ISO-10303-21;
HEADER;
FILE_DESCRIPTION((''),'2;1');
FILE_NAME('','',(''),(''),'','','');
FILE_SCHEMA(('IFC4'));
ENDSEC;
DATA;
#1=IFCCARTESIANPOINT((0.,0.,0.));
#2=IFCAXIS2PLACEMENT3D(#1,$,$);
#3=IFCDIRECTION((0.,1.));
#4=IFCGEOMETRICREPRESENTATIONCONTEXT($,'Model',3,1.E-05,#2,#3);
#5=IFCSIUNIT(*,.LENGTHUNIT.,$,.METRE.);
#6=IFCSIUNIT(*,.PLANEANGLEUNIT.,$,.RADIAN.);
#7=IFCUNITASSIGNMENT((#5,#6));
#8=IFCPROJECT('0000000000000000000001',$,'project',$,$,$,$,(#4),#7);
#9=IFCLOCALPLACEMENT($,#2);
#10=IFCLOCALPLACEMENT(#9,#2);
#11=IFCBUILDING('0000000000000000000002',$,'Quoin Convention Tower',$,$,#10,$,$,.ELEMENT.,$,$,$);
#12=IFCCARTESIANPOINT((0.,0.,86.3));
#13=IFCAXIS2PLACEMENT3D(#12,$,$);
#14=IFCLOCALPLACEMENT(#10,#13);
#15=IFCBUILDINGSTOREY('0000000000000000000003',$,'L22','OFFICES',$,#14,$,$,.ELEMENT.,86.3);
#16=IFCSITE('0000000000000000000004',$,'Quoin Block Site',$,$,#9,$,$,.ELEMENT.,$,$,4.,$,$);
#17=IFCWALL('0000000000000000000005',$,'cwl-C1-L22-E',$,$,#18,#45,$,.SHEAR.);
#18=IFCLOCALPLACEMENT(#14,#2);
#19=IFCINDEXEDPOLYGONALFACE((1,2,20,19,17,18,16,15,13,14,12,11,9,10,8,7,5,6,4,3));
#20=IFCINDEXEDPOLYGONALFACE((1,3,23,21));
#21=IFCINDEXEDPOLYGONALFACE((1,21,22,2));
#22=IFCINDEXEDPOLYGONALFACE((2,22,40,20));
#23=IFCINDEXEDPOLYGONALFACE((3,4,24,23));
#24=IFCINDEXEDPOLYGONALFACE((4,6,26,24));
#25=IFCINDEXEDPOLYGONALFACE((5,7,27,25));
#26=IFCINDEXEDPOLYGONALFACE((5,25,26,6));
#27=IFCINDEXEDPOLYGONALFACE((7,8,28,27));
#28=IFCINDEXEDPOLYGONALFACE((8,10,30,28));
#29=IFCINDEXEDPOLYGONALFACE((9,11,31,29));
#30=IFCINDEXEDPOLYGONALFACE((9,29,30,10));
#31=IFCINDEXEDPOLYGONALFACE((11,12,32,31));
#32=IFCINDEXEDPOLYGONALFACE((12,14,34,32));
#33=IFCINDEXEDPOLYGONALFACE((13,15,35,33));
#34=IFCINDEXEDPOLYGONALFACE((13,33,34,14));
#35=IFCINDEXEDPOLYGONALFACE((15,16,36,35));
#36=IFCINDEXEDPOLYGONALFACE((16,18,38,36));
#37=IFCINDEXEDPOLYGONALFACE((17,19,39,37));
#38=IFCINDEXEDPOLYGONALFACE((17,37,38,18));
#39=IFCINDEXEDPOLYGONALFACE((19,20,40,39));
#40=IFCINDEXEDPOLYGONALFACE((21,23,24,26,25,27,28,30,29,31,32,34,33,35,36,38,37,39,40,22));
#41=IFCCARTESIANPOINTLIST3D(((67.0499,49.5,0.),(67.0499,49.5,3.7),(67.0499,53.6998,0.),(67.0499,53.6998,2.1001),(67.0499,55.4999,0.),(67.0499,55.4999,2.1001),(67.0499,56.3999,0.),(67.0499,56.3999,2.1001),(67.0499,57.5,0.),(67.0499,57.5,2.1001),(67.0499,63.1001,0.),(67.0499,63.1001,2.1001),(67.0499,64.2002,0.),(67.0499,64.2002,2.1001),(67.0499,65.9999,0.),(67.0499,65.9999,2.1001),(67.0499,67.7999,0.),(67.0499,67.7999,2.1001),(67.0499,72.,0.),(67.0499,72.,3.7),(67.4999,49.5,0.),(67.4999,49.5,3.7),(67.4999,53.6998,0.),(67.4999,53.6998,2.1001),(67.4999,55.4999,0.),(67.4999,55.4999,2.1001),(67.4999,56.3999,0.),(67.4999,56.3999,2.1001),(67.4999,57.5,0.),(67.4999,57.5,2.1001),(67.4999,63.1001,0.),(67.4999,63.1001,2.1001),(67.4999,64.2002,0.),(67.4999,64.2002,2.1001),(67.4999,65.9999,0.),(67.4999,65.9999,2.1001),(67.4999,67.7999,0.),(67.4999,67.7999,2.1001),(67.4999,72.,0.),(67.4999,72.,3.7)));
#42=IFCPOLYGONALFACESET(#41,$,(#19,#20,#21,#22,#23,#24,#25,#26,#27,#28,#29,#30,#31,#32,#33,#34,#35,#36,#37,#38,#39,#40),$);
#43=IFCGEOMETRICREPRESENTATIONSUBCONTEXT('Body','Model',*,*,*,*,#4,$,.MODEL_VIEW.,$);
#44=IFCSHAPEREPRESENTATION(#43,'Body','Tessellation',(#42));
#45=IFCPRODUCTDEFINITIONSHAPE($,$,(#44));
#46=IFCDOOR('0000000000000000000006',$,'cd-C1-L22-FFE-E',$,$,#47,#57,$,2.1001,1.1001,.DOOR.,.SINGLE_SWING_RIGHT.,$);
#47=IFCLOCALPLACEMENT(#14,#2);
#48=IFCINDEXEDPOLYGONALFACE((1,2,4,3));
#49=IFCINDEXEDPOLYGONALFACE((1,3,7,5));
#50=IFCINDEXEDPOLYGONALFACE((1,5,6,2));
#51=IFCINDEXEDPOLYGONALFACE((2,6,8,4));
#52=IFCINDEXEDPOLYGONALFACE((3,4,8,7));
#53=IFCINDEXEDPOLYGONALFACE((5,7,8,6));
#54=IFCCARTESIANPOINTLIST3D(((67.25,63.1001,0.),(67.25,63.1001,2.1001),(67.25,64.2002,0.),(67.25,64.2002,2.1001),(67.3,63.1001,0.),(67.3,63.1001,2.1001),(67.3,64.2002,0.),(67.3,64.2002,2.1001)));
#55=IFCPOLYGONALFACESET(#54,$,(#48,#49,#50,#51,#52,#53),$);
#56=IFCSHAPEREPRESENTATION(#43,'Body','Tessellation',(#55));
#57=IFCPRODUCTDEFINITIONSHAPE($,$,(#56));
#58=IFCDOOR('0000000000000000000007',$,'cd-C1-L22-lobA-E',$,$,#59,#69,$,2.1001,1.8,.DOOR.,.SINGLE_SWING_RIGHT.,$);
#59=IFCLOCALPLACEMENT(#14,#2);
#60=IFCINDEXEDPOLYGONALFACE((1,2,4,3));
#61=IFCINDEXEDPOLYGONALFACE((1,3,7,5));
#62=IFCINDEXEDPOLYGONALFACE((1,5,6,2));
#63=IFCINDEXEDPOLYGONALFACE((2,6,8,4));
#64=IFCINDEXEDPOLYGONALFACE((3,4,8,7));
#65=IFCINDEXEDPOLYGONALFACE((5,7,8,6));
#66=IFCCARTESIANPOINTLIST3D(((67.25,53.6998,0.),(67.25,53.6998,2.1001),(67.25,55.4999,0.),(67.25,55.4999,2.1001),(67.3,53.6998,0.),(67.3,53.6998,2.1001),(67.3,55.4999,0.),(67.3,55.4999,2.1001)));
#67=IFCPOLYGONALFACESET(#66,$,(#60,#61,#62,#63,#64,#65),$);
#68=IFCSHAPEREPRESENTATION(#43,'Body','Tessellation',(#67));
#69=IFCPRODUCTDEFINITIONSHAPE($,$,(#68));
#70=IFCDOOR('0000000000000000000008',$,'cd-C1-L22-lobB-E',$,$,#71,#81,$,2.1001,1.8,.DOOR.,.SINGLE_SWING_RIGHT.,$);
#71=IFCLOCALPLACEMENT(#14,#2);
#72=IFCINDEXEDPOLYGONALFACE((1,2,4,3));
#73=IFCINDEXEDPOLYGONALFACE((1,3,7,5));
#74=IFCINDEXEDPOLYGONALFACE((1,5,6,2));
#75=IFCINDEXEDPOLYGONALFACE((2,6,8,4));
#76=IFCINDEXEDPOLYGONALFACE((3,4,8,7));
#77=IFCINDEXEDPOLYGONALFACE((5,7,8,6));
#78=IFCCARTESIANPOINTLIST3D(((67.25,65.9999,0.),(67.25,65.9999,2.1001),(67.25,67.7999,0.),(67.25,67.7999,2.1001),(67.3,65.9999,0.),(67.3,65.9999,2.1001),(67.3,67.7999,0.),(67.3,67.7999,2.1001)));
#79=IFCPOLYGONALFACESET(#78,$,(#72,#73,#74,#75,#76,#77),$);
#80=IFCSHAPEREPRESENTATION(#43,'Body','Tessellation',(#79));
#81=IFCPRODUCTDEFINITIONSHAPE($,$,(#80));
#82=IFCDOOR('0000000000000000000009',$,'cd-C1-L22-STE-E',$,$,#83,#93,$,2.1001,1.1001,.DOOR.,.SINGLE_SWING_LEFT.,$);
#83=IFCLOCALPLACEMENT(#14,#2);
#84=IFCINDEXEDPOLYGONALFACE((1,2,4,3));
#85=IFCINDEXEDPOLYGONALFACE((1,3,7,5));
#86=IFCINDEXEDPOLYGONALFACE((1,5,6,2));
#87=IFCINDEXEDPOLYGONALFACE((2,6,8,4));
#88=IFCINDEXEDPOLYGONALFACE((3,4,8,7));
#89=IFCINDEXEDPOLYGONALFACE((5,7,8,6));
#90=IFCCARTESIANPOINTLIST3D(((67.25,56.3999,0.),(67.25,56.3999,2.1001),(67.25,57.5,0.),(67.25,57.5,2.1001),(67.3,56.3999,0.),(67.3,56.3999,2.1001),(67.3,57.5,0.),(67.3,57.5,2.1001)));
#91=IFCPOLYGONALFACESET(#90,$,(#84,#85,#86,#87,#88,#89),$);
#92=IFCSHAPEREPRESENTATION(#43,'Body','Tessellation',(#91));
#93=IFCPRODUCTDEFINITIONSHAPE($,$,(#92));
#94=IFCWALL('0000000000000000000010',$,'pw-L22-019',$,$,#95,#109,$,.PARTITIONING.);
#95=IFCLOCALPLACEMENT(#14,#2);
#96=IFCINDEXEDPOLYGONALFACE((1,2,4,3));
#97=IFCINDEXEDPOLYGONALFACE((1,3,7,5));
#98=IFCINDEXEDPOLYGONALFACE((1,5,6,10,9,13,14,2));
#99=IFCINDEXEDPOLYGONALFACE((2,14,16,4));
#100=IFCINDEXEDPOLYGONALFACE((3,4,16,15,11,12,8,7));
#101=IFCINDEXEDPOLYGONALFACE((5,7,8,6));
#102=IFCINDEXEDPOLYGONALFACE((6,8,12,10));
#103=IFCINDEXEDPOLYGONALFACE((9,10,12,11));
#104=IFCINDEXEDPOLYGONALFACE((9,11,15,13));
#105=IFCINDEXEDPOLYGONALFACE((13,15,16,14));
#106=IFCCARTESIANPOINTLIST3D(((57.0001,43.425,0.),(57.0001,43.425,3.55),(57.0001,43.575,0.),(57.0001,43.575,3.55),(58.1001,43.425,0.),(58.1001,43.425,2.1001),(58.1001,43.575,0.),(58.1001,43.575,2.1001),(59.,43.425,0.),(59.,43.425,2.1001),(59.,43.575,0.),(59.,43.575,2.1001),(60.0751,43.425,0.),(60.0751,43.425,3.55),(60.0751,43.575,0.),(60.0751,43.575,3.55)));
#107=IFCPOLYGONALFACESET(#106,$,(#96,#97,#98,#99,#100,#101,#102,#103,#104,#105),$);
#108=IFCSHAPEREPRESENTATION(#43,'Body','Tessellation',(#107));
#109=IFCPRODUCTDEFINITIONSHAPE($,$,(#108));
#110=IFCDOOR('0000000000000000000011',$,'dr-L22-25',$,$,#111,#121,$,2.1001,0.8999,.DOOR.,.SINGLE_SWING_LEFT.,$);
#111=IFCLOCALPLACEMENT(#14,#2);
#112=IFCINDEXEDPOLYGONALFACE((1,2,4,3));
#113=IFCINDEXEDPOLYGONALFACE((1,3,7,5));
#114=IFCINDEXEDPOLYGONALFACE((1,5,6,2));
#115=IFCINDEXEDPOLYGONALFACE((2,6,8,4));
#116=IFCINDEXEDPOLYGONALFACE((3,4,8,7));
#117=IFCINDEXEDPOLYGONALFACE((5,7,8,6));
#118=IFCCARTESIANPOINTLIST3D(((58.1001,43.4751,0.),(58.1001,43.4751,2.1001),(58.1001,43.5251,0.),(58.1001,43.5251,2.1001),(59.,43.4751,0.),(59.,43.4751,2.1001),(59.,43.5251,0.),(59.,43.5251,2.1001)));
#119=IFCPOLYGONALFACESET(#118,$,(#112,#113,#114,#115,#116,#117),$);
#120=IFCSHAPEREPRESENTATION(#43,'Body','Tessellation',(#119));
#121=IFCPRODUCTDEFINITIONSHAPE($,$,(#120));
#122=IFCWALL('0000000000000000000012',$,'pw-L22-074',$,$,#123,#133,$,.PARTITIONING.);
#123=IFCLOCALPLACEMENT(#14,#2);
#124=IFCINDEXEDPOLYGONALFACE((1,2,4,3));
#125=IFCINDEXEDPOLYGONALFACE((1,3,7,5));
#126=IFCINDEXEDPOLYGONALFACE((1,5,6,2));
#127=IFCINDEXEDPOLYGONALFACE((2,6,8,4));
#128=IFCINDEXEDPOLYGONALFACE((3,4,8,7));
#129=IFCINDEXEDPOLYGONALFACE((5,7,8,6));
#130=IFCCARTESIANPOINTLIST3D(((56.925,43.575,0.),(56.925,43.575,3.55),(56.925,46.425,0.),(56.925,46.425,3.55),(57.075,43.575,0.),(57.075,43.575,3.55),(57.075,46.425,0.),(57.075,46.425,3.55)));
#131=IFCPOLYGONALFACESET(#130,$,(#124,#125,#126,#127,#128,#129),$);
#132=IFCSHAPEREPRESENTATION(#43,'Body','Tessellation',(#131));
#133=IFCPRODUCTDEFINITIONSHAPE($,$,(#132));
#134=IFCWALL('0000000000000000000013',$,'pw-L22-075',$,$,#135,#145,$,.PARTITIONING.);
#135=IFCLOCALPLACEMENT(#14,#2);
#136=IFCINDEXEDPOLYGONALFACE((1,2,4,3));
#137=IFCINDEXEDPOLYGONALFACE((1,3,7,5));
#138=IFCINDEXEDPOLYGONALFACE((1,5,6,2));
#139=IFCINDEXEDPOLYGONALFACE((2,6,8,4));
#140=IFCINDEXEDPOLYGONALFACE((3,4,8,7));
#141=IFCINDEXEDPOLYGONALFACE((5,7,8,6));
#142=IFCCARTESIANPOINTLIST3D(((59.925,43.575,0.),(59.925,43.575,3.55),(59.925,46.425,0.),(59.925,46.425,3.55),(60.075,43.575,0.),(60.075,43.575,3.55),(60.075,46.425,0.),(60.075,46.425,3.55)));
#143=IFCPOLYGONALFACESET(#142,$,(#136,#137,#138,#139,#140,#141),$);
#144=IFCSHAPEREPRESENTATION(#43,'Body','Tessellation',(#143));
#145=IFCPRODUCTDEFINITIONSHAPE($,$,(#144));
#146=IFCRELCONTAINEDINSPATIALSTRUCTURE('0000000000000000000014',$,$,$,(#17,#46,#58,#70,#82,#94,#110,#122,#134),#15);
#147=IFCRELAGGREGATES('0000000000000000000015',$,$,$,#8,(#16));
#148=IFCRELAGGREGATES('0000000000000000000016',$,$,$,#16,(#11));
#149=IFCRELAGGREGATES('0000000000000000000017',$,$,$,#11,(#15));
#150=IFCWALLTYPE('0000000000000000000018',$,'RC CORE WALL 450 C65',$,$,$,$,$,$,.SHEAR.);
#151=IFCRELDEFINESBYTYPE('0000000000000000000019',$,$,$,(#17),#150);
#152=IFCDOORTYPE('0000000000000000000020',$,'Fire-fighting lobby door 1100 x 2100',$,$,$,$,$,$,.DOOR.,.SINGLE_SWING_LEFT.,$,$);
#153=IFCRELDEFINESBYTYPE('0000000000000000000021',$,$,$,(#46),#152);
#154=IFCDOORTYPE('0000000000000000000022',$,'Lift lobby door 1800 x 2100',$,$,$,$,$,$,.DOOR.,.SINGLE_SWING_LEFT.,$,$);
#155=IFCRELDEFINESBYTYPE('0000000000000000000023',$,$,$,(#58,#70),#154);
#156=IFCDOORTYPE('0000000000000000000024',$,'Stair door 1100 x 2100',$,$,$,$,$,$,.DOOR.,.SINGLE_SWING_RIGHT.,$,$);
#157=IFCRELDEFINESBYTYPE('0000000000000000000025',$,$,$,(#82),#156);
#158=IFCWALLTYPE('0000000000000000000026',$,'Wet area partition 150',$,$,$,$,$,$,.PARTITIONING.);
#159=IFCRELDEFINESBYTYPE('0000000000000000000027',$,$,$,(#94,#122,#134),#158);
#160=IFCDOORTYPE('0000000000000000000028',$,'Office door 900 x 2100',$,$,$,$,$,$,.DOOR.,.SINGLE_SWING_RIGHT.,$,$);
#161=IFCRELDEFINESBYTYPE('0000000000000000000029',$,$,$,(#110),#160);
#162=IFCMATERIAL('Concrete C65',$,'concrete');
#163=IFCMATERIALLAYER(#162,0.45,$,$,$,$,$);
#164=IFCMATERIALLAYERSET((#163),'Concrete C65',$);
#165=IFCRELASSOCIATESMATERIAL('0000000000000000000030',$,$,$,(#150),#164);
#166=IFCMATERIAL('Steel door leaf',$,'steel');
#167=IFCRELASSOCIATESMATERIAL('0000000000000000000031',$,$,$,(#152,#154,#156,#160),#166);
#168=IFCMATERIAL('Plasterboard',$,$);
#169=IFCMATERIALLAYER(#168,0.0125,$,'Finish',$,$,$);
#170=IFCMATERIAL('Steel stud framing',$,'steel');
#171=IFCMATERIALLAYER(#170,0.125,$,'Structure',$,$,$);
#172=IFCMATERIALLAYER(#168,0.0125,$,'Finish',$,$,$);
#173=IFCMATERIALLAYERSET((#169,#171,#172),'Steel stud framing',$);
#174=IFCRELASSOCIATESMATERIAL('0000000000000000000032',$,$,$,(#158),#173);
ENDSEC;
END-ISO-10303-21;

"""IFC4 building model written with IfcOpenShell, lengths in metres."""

from ifc_helpers import new_model, si_unit, direction, frame, frame_2d, origin, place, context, subcontext, project, spatial, rectangle, extrude, material, layer, layer_set, type_object, element, fill, save


model = new_model("IFC4")

# Units and contexts
model_context = context("Model", 3, precision=1e-05, world=origin(), true_north=direction((0.0, 1.0)))
body_context = subcontext(model_context, "Body", "Model", "MODEL_VIEW")
ifc_project = project(units=[si_unit("LENGTHUNIT", "METRE"), si_unit("PLANEANGLEUNIT", "RADIAN")], contexts=[model_context])

# Site, building, storey
site_placement = place(None, origin())
site = spatial("IfcSite", under=ifc_project, at=site_placement, Name="Quoin Block Site", CompositionType="ELEMENT", RefElevation=4.0)
building_placement = place(site_placement, origin())
building = spatial("IfcBuilding", under=site, at=building_placement, Name="Quoin Convention Tower", CompositionType="ELEMENT")
storey_placement = place(building_placement, frame((0.0, 0.0, 86.3)))
storey = spatial("IfcBuildingStorey", under=building, at=storey_placement, Name="L22", Description="OFFICES", CompositionType="ELEMENT", Elevation=86.3)

# Shared definitions
ifc_material_1 = material(Name="Plasterboard")
ifc_material_2 = material(Name="Steel stud framing", Category="steel")

# Wall, openings, doors
ifc_material_3 = material(Name="Concrete C65", Category="concrete")
ifc_layer_1 = layer(ifc_material_3, 0.45)
ifc_layer_set_1 = layer_set([ifc_layer_1], Name="Concrete C65")
wall_type_1 = type_object("IfcWallType", Name="RC CORE WALL 450 C65", PredefinedType="SHEAR", material=ifc_layer_set_1)
wall_1_placement = place(storey_placement, frame((67.2749, 49.5, 0.0), z_axis=(0.0, 0.0, 1.0), x_axis=(0.0, 1.0, 0.0)))
wall_1 = element("IfcWall", 1, at=wall_1_placement, inside=storey, type_object=wall_type_1, Name="cwl-C1-L22-E", PredefinedType="SHEAR", context=body_context, shape_type="SweptSolid", body=[
    extrude(rectangle(XDim=22.5, YDim=0.45, at=frame_2d((11.25, 0.0))), origin(), (0.0, 0.0, 1.0), 3.7),
])
opening_1_placement = place(wall_1_placement, frame((4.2, 0.0, 0.0)))
opening_1 = element("IfcOpeningElement", 2, at=opening_1_placement, cuts=wall_1, PredefinedType="OPENING", context=body_context, shape_type="SweptSolid", body=[
    extrude(rectangle(XDim=1.8, YDim=2.1001, at=frame_2d((0.8999, 1.05))), frame((0.0, 0.2349, 0.0), z_axis=(0.0, -1.0, 0.0), x_axis=(1.0, 0.0, 0.0)), (0.0, 0.0, 1.0), 0.47),
])
opening_2_placement = place(wall_1_placement, frame((6.8999, 0.0, 0.0)))
opening_2 = element("IfcOpeningElement", 3, at=opening_2_placement, cuts=wall_1, PredefinedType="OPENING", context=body_context, shape_type="SweptSolid", body=[
    extrude(rectangle(XDim=1.1001, YDim=2.1001, at=frame_2d((0.55, 1.05))), frame((0.0, 0.2349, 0.0), z_axis=(0.0, -1.0, 0.0), x_axis=(1.0, 0.0, 0.0)), (0.0, 0.0, 1.0), 0.47),
])
opening_3_placement = place(wall_1_placement, frame((13.6001, 0.0, 0.0)))
opening_3 = element("IfcOpeningElement", 4, at=opening_3_placement, cuts=wall_1, PredefinedType="OPENING", context=body_context, shape_type="SweptSolid", body=[
    extrude(rectangle(XDim=1.1001, YDim=2.1001, at=frame_2d((0.55, 1.05))), frame((0.0, 0.2349, 0.0), z_axis=(0.0, -1.0, 0.0), x_axis=(1.0, 0.0, 0.0)), (0.0, 0.0, 1.0), 0.47),
])
opening_4_placement = place(wall_1_placement, frame((16.5, 0.0, 0.0)))
opening_4 = element("IfcOpeningElement", 5, at=opening_4_placement, cuts=wall_1, PredefinedType="OPENING", context=body_context, shape_type="SweptSolid", body=[
    extrude(rectangle(XDim=1.8, YDim=2.1001, at=frame_2d((0.8999, 1.05))), frame((0.0, 0.2349, 0.0), z_axis=(0.0, -1.0, 0.0), x_axis=(1.0, 0.0, 0.0)), (0.0, 0.0, 1.0), 0.47),
])
ifc_material_4 = material(Name="Steel door leaf", Category="steel")
door_type_1 = type_object("IfcDoorType", Name="Fire-fighting lobby door 1100 x 2100", OperationType="SINGLE_SWING_LEFT", PredefinedType="DOOR", material=ifc_material_4)
door_1_placement = place(opening_3_placement, origin())
door_1 = element("IfcDoor", 6, at=door_1_placement, inside=storey, type_object=door_type_1, Name="cd-C1-L22-FFE-E", OperationType="SINGLE_SWING_RIGHT", OverallHeight=2.1001, OverallWidth=1.1001, PredefinedType="DOOR", context=body_context, shape_type="SweptSolid", body=[
    extrude(rectangle(XDim=1.1001, YDim=2.1001, at=frame_2d((0.55, 1.05))), frame((0.0, 0.0249, 0.0), z_axis=(0.0, -1.0, 0.0), x_axis=(1.0, 0.0, 0.0)), (0.0, 0.0, 1.0), 0.05),
])
fill(opening_3, door_1)
door_type_2 = type_object("IfcDoorType", Name="Lift lobby door 1800 x 2100", OperationType="SINGLE_SWING_LEFT", PredefinedType="DOOR", material=ifc_material_4)
door_2_placement = place(opening_1_placement, origin())
door_2 = element("IfcDoor", 7, at=door_2_placement, inside=storey, type_object=door_type_2, Name="cd-C1-L22-lobA-E", OperationType="SINGLE_SWING_RIGHT", OverallHeight=2.1001, OverallWidth=1.8, PredefinedType="DOOR", context=body_context, shape_type="SweptSolid", body=[
    extrude(rectangle(XDim=1.8, YDim=2.1001, at=frame_2d((0.8999, 1.05))), frame((0.0, 0.0249, 0.0), z_axis=(0.0, -1.0, 0.0), x_axis=(1.0, 0.0, 0.0)), (0.0, 0.0, 1.0), 0.05),
])
fill(opening_1, door_2)
door_3_placement = place(opening_4_placement, origin())
door_3 = element("IfcDoor", 8, at=door_3_placement, inside=storey, type_object=door_type_2, Name="cd-C1-L22-lobB-E", OperationType="SINGLE_SWING_RIGHT", OverallHeight=2.1001, OverallWidth=1.8, PredefinedType="DOOR", context=body_context, shape_type="SweptSolid", body=[
    extrude(rectangle(XDim=1.8, YDim=2.1001, at=frame_2d((0.8999, 1.05))), frame((0.0, 0.0249, 0.0), z_axis=(0.0, -1.0, 0.0), x_axis=(1.0, 0.0, 0.0)), (0.0, 0.0, 1.0), 0.05),
])
fill(opening_4, door_3)
door_type_3 = type_object("IfcDoorType", Name="Stair door 1100 x 2100", OperationType="SINGLE_SWING_RIGHT", PredefinedType="DOOR", material=ifc_material_4)
door_4_placement = place(opening_2_placement, origin())
door_4 = element("IfcDoor", 9, at=door_4_placement, inside=storey, type_object=door_type_3, Name="cd-C1-L22-STE-E", OperationType="SINGLE_SWING_LEFT", OverallHeight=2.1001, OverallWidth=1.1001, PredefinedType="DOOR", context=body_context, shape_type="SweptSolid", body=[
    extrude(rectangle(XDim=1.1001, YDim=2.1001, at=frame_2d((0.55, 1.05))), frame((0.0, 0.0249, 0.0), z_axis=(0.0, -1.0, 0.0), x_axis=(1.0, 0.0, 0.0)), (0.0, 0.0, 1.0), 0.05),
])
fill(opening_2, door_4)

# Wall, opening, door
ifc_layer_2 = layer(ifc_material_1, 0.0125, Name="Finish")
ifc_layer_3 = layer(ifc_material_2, 0.125, Name="Structure")
ifc_layer_4 = layer(ifc_material_1, 0.0125, Name="Finish")
ifc_layer_set_2 = layer_set([ifc_layer_2, ifc_layer_3, ifc_layer_4], Name="Steel stud framing")
wall_type_2 = type_object("IfcWallType", Name="Wet area partition 150", PredefinedType="PARTITIONING", material=ifc_layer_set_2)
wall_2_placement = place(storey_placement, frame((57.0, 43.5, 0.0), z_axis=(0.0, 0.0, 1.0), x_axis=(1.0, 0.0, 0.0)))
wall_2 = element("IfcWall", 10, at=wall_2_placement, inside=storey, type_object=wall_type_2, Name="pw-L22-019", PredefinedType="PARTITIONING", context=body_context, shape_type="SweptSolid", body=[
    extrude(rectangle(XDim=3.075, YDim=0.1499, at=frame_2d((1.5376, 0.0))), origin(), (0.0, 0.0, 1.0), 3.55),
])
opening_5_placement = place(wall_2_placement, frame((1.1001, 0.0, 0.0)))
opening_5 = element("IfcOpeningElement", 11, at=opening_5_placement, cuts=wall_2, PredefinedType="OPENING", context=body_context, shape_type="SweptSolid", body=[
    extrude(rectangle(XDim=0.8999, YDim=2.1001, at=frame_2d((0.45, 1.05))), frame((0.0, 0.085, 0.0), z_axis=(0.0, -1.0, 0.0), x_axis=(1.0, 0.0, 0.0)), (0.0, 0.0, 1.0), 0.1699),
])
door_type_4 = type_object("IfcDoorType", Name="Office door 900 x 2100", OperationType="SINGLE_SWING_RIGHT", PredefinedType="DOOR", material=ifc_material_4)
door_5_placement = place(opening_5_placement, frame((0.8999, 0.0, 0.0), z_axis=(0.0, 0.0, 1.0), x_axis=(-1.0, 0.0, 0.0)))
door_5 = element("IfcDoor", 12, at=door_5_placement, inside=storey, type_object=door_type_4, Name="dr-L22-25", OperationType="SINGLE_SWING_LEFT", OverallHeight=2.1001, OverallWidth=0.8999, PredefinedType="DOOR", context=body_context, shape_type="SweptSolid", body=[
    extrude(rectangle(XDim=0.8999, YDim=2.1001, at=frame_2d((0.45, 1.05))), frame((0.0, 0.0249, 0.0), z_axis=(0.0, -1.0, 0.0), x_axis=(1.0, 0.0, 0.0)), (0.0, 0.0, 1.0), 0.05),
])
fill(opening_5, door_5)

# Walls
for number, where, z_axis, x_axis, name in (
    (13, (57.0, 43.575, 0.0), (0.0, 0.0, 1.0), (0.0, 1.0, 0.0), "pw-L22-074"),
    (14, (60.0, 43.575, 0.0), (0.0, 0.0, 1.0), (0.0, 1.0, 0.0), "pw-L22-075"),
):
    element("IfcWall", number, at=place(storey_placement, frame(where, z_axis=z_axis, x_axis=x_axis)), inside=storey, type_object=wall_type_2, Name=name, PredefinedType="PARTITIONING", context=body_context, shape_type="SweptSolid", body=[
        extrude(rectangle(XDim=2.8501, YDim=0.1499, at=frame_2d((1.425, 0.0))), origin(), (0.0, 0.0, 1.0), 3.55),
    ])

save(model, "model.ifc")
